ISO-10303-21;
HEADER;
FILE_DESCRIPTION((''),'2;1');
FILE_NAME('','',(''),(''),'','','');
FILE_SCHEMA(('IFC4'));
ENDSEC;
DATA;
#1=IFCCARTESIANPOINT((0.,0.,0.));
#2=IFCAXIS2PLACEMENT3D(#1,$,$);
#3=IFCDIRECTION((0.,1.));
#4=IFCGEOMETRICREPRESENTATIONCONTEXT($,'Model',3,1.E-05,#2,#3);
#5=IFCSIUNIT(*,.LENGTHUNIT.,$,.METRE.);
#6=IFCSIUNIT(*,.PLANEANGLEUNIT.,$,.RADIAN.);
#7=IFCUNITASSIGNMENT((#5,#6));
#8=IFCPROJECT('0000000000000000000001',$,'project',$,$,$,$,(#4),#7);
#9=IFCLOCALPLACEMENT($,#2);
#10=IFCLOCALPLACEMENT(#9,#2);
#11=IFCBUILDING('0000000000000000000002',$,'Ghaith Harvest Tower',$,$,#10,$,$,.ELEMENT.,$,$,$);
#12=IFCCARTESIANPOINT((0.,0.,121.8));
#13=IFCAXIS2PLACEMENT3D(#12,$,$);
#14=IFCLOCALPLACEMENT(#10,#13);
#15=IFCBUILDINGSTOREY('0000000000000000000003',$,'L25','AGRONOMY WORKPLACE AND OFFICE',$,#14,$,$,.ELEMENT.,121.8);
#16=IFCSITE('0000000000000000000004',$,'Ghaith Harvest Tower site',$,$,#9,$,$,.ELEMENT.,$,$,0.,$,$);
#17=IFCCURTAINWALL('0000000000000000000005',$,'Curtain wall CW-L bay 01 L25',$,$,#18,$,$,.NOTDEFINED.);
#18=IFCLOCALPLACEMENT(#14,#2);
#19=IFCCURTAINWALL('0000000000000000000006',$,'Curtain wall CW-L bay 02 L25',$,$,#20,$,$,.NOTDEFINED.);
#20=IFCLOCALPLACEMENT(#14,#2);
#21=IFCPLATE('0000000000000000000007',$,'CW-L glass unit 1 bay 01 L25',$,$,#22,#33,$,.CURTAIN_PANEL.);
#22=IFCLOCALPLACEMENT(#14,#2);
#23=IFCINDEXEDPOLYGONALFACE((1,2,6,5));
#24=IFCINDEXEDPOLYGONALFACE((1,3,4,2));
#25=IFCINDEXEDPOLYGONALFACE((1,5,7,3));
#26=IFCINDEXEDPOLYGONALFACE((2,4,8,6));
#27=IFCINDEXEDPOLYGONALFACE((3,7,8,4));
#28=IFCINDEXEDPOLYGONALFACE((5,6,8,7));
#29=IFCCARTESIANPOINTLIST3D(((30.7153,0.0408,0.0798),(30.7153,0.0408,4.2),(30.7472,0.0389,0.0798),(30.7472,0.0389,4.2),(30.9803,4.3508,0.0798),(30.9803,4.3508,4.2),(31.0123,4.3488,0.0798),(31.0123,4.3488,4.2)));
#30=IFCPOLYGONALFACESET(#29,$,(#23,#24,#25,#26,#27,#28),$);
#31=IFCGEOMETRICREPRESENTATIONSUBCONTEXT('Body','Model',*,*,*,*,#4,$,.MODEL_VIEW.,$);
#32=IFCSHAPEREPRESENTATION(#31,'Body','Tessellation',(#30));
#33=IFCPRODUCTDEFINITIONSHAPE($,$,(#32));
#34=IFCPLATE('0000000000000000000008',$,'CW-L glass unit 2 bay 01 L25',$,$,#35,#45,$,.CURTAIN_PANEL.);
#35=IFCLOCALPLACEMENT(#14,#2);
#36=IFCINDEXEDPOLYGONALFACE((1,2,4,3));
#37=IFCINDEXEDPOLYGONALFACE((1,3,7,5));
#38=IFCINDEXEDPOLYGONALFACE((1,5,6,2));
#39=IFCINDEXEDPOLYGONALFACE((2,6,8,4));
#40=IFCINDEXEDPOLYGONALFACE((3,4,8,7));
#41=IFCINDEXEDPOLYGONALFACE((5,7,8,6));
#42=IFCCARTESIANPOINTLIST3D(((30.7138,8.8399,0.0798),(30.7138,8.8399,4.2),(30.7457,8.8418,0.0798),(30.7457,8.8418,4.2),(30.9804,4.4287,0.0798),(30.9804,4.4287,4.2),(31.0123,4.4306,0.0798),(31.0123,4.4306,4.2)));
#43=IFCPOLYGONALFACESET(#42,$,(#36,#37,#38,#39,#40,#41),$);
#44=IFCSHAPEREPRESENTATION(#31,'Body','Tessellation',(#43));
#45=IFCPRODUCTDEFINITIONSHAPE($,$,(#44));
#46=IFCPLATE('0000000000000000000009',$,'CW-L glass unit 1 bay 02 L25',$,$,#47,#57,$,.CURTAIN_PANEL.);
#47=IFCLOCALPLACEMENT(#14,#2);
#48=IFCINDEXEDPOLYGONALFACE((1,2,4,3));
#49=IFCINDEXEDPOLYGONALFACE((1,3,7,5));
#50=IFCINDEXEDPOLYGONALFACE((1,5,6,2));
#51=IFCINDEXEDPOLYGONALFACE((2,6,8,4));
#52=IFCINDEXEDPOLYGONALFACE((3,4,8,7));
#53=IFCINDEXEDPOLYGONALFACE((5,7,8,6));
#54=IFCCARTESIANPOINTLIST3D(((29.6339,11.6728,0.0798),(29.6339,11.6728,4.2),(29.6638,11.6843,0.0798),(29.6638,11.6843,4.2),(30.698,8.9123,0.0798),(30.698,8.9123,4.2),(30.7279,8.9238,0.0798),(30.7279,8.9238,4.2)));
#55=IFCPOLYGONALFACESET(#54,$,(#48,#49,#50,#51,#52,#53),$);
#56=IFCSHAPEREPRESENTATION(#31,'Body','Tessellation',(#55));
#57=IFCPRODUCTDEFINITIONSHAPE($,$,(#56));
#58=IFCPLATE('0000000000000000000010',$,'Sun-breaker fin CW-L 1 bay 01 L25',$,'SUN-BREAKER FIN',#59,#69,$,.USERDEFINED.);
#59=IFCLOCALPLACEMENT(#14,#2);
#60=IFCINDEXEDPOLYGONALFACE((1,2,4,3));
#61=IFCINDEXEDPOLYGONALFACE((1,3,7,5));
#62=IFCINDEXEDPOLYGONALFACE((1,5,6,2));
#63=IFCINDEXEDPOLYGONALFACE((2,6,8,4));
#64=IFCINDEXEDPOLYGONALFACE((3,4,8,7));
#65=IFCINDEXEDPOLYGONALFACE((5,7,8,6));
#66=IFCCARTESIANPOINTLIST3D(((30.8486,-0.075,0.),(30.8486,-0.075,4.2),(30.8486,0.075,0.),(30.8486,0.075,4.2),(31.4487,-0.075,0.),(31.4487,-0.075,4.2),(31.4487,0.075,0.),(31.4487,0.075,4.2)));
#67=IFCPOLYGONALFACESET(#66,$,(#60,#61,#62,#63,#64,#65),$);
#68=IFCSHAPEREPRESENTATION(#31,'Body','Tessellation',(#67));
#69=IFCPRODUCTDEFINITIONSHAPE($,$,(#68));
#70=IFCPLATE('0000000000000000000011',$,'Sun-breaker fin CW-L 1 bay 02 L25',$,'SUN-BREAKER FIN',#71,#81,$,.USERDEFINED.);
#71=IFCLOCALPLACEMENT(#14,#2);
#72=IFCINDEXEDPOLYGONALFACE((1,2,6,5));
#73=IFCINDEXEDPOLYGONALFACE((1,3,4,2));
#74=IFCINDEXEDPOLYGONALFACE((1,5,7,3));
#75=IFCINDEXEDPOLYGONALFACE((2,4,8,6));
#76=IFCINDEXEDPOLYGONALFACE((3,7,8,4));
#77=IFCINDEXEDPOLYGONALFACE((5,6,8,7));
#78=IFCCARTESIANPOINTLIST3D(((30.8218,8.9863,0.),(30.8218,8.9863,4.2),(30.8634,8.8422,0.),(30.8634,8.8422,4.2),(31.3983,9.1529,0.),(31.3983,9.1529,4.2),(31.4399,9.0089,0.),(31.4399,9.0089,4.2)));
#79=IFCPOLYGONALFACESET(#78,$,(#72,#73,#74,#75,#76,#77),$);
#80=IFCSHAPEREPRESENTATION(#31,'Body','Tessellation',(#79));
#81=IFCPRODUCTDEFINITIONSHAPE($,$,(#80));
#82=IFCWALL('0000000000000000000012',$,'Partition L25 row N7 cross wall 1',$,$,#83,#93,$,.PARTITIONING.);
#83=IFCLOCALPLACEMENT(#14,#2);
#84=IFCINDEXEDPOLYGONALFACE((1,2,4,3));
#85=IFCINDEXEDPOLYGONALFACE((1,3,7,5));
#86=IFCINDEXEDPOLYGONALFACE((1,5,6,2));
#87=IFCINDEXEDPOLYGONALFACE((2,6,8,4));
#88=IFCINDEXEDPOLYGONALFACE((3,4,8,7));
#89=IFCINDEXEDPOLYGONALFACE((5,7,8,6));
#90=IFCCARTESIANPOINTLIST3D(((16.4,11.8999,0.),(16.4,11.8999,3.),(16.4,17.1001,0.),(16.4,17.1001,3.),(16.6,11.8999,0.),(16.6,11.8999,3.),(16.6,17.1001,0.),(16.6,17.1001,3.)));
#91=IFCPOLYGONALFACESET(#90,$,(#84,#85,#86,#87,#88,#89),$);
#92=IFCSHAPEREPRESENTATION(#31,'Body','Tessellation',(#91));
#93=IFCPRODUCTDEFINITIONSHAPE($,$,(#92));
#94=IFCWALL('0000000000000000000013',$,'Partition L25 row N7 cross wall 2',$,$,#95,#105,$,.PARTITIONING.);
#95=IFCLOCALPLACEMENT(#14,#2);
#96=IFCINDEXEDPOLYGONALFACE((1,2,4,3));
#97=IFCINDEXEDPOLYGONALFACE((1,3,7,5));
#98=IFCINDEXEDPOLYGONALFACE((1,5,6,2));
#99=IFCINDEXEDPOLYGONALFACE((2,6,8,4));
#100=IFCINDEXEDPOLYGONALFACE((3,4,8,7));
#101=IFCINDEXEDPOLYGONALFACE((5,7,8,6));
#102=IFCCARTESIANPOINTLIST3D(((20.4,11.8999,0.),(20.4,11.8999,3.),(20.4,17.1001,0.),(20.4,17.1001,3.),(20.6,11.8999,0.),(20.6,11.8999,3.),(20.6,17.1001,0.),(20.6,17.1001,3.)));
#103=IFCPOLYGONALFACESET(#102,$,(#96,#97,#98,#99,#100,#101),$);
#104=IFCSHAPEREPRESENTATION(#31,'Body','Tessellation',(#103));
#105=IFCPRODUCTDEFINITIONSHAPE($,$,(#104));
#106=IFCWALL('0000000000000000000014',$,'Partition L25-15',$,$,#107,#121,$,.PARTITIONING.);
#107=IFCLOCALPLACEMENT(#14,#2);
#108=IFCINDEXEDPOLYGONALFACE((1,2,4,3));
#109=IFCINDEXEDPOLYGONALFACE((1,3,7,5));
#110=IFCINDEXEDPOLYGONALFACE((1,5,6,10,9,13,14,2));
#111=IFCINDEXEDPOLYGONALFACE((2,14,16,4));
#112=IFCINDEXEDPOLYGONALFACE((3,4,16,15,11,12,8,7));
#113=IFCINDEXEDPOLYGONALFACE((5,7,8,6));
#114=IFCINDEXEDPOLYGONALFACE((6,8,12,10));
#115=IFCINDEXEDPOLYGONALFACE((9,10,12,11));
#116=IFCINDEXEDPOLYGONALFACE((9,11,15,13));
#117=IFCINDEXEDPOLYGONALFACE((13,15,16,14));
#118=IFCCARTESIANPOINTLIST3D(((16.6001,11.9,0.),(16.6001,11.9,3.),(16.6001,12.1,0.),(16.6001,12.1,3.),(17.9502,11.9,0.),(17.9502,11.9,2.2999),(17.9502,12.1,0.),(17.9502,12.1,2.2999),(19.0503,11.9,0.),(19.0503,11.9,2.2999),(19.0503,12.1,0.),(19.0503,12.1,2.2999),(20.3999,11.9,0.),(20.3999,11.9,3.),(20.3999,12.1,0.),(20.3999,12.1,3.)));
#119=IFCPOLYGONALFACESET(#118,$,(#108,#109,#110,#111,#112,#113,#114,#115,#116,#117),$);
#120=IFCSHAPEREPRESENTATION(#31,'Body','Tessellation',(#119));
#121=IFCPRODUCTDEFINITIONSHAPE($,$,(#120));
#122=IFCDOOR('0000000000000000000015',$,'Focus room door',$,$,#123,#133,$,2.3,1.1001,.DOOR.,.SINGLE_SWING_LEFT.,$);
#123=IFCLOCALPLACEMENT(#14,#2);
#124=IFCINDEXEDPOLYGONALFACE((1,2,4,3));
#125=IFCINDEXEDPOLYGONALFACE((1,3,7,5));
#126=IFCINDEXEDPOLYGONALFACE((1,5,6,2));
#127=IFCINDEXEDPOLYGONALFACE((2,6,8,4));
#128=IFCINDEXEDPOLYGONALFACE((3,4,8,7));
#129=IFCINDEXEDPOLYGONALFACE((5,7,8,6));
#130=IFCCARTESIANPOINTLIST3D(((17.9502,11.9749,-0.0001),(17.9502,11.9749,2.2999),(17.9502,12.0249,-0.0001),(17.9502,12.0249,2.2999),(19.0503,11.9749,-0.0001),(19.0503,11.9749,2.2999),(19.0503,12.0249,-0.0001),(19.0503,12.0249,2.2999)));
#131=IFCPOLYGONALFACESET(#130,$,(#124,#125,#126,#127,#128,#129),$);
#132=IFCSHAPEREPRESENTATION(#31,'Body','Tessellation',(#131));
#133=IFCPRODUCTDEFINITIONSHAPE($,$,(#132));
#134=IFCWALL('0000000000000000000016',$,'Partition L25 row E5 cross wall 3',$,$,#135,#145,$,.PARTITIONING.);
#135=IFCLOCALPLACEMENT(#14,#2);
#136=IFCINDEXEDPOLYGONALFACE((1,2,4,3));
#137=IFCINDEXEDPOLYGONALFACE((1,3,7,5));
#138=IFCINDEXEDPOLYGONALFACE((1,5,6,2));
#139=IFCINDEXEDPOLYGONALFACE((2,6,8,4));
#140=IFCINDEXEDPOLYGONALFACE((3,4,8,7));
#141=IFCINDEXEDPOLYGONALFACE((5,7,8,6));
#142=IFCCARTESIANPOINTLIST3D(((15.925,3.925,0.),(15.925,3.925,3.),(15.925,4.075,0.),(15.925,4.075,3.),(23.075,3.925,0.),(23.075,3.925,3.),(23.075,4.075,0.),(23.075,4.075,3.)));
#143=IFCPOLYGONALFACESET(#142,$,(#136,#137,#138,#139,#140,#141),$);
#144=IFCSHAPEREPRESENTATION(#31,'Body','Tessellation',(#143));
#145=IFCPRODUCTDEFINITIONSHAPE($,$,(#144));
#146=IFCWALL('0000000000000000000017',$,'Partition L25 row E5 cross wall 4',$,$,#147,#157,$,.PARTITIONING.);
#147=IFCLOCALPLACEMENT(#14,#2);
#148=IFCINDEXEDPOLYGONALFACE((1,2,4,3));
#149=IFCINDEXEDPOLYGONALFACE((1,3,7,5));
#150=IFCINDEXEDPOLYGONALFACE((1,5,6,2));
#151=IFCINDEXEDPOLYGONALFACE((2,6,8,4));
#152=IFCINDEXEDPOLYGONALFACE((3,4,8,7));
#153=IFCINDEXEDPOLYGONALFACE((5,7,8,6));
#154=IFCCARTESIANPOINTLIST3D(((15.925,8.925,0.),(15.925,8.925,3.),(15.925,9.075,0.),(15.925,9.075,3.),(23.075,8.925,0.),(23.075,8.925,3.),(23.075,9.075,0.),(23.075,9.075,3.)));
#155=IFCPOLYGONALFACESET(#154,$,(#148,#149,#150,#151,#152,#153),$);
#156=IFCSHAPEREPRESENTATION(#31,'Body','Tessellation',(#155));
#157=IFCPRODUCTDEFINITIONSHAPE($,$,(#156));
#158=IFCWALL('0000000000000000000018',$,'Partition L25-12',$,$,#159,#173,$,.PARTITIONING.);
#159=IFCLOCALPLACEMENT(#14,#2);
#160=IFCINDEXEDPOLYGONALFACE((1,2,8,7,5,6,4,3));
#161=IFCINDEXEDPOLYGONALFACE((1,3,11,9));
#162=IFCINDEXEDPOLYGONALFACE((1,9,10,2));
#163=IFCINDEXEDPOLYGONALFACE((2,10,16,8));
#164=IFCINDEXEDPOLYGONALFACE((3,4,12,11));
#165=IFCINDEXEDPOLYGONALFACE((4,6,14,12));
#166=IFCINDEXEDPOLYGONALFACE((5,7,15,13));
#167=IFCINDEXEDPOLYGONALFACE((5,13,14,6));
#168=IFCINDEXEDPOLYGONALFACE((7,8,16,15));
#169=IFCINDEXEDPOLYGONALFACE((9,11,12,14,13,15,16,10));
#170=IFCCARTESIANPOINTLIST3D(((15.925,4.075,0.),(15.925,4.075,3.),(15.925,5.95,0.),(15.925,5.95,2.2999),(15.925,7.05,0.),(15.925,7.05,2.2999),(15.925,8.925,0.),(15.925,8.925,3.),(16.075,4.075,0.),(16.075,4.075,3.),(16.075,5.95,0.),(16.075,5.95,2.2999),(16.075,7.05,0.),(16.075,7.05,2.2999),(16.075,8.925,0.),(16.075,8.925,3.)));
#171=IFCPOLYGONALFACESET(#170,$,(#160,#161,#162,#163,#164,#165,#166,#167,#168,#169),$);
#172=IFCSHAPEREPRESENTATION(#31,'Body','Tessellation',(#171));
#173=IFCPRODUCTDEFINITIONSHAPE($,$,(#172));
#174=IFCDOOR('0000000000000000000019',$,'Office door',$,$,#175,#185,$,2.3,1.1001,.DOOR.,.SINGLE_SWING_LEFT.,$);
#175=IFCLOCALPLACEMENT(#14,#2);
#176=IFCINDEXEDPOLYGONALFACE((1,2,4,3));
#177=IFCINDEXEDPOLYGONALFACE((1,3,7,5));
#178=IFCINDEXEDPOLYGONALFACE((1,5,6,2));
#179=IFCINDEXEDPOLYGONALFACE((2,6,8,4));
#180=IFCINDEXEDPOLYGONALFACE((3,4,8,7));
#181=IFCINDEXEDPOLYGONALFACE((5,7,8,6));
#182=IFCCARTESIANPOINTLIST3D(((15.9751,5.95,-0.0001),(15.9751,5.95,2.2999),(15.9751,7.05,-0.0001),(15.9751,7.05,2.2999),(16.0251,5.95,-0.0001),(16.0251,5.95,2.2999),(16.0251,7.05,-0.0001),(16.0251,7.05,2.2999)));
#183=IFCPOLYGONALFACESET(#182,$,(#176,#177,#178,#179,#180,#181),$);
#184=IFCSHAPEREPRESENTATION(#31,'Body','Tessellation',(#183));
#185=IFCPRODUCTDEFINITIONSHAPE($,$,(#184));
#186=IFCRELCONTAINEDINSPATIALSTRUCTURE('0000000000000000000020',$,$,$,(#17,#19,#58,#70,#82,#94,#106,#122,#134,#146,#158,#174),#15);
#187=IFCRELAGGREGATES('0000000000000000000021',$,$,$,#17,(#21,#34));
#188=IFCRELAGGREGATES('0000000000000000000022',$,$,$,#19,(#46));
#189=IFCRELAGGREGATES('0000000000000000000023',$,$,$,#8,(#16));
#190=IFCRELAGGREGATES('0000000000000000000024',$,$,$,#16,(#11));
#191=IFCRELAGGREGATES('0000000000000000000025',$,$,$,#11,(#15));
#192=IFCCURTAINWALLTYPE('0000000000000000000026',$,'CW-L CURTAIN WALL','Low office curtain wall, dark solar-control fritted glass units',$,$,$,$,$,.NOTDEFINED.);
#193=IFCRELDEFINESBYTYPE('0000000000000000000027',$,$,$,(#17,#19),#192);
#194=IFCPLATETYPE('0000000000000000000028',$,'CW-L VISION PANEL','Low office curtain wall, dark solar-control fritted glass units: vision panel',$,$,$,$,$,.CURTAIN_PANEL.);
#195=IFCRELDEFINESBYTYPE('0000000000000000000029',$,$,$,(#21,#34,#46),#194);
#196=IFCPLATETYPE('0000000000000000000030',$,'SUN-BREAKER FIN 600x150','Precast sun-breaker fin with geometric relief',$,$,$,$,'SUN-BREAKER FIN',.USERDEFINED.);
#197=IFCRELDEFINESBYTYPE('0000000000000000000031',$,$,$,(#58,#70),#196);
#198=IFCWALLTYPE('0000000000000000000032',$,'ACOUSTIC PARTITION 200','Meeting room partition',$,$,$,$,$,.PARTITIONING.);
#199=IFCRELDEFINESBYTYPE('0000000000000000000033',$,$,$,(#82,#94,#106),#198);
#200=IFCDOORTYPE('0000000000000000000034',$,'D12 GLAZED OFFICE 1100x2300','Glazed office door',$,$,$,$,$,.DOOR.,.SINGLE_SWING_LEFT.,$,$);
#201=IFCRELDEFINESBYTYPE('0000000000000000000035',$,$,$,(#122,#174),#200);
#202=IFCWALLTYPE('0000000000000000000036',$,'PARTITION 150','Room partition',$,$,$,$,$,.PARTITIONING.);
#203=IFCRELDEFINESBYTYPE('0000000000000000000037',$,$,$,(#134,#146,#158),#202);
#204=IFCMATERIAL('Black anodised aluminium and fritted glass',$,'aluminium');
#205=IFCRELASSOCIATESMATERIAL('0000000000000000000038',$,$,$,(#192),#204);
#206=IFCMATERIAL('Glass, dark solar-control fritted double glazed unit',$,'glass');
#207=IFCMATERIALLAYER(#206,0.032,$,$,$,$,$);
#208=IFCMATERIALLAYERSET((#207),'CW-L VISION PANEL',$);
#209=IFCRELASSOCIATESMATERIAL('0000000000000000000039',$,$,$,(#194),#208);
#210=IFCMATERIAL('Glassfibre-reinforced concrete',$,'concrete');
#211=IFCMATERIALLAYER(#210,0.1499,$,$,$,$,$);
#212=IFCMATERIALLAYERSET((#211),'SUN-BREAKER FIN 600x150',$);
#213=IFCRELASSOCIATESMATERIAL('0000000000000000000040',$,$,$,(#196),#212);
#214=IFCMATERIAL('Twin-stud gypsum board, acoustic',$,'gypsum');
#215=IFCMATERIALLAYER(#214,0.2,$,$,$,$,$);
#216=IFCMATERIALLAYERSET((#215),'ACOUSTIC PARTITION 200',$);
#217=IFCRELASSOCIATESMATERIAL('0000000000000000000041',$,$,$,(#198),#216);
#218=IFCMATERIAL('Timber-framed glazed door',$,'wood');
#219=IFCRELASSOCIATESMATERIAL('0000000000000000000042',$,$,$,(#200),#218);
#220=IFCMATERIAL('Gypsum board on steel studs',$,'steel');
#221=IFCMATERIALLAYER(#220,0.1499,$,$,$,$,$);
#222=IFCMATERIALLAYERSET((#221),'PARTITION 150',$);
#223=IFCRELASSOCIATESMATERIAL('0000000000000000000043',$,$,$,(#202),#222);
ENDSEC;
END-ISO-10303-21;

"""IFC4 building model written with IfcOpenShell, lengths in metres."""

from ifc_helpers import new_model, si_unit, direction, frame, frame_2d, origin, origin_2d, place, context, subcontext, project, spatial, rectangle, extrude, material, layer, layer_set, type_object, element, fill, aggregate, save


model = new_model("IFC4")

# Units and contexts
model_context = context("Model", 3, precision=1e-05, world=origin(), true_north=direction((0.0, 1.0)))
body_context = subcontext(model_context, "Body", "Model", "MODEL_VIEW")
ifc_project = project(units=[si_unit("LENGTHUNIT", "METRE"), si_unit("PLANEANGLEUNIT", "RADIAN")], contexts=[model_context])

# Site, building, storey
site_placement = place(None, origin())
site = spatial("IfcSite", under=ifc_project, at=site_placement, Name="Ghaith Harvest Tower site", CompositionType="ELEMENT", RefElevation=0.0)
building_placement = place(site_placement, origin())
building = spatial("IfcBuilding", under=site, at=building_placement, Name="Ghaith Harvest Tower", CompositionType="ELEMENT")
storey_placement = place(building_placement, frame((0.0, 0.0, 121.8)))
storey = spatial("IfcBuildingStorey", under=building, at=storey_placement, Name="L25", Description="AGRONOMY WORKPLACE AND OFFICE", CompositionType="ELEMENT", Elevation=121.8)

# Curtain walls
ifc_material_1 = material(Name="Black anodised aluminium and fritted glass", Category="aluminium")
curtain_wall_type = type_object("IfcCurtainWallType", Name="CW-L CURTAIN WALL", Description="Low office curtain wall, dark solar-control fritted glass units", PredefinedType="NOTDEFINED", material=ifc_material_1)
curtain_wall_1_placement = place(storey_placement, origin())
curtain_wall_1 = element("IfcCurtainWall", 1, at=curtain_wall_1_placement, inside=storey, type_object=curtain_wall_type, Name="Curtain wall CW-L bay 01 L25", PredefinedType="NOTDEFINED")
curtain_wall_2_placement = place(storey_placement, origin())
curtain_wall_2 = element("IfcCurtainWall", 2, at=curtain_wall_2_placement, inside=storey, type_object=curtain_wall_type, Name="Curtain wall CW-L bay 02 L25", PredefinedType="NOTDEFINED")

# Plates
ifc_material_2 = material(Name="Glass, dark solar-control fritted double glazed unit", Category="glass")
ifc_layer_1 = layer(ifc_material_2, 0.032)
ifc_layer_set_1 = layer_set([ifc_layer_1], Name="CW-L VISION PANEL")
plate_type_1 = type_object("IfcPlateType", Name="CW-L VISION PANEL", Description="Low office curtain wall, dark solar-control fritted glass units: vision panel", PredefinedType="CURTAIN_PANEL", material=ifc_layer_set_1)
plate_1_placement = place(storey_placement, frame((30.8638, 2.1948, 0.0798), z_axis=(0.0, 0.0, 1.0), x_axis=(0.06138, 0.998114, 0.0)))
plate_1 = element("IfcPlate", 3, at=plate_1_placement, type_object=plate_type_1, Name="CW-L glass unit 1 bay 01 L25", PredefinedType="CURTAIN_PANEL", context=body_context, shape_type="SweptSolid", body=[
    extrude(rectangle(XDim=4.3181, YDim=0.032, at=origin_2d()), origin(), (0.0, 0.0, 1.0), 4.1201),
])
plate_2_placement = place(storey_placement, frame((30.863, 6.6353, 0.0798), z_axis=(0.0, 0.0, 1.0), x_axis=(-0.060321, 0.998179, 0.0)))
plate_2 = element("IfcPlate", 4, at=plate_2_placement, type_object=plate_type_1, Name="CW-L glass unit 2 bay 01 L25", PredefinedType="CURTAIN_PANEL", context=body_context, shape_type="SweptSolid", body=[
    extrude(rectangle(XDim=4.4192, YDim=0.032, at=origin_2d()), origin(), (0.0, 0.0, 1.0), 4.1201),
])
aggregate(curtain_wall_1, [plate_1, plate_2])
plate_3_placement = place(storey_placement, frame((30.1809, 10.2983, 0.0798), z_axis=(0.0, 0.0, 1.0), x_axis=(-0.359677, 0.933077, 0.0)))
plate_3 = element("IfcPlate", 5, at=plate_3_placement, type_object=plate_type_1, Name="CW-L glass unit 1 bay 02 L25", PredefinedType="CURTAIN_PANEL", context=body_context, shape_type="SweptSolid", body=[
    extrude(rectangle(XDim=2.9585, YDim=0.032, at=origin_2d()), origin(), (0.0, 0.0, 1.0), 4.1201),
])
aggregate(curtain_wall_2, [plate_3])

# Plates
ifc_material_3 = material(Name="Glassfibre-reinforced concrete", Category="concrete")
ifc_layer_2 = layer(ifc_material_3, 0.1499)
ifc_layer_set_2 = layer_set([ifc_layer_2], Name="SUN-BREAKER FIN 600x150")
plate_type_2 = type_object("IfcPlateType", Name="SUN-BREAKER FIN 600x150", Description="Precast sun-breaker fin with geometric relief", ElementType="SUN-BREAKER FIN", PredefinedType="USERDEFINED", material=ifc_layer_set_2)
for number, where, z_axis, x_axis, name in (
    (6, (31.1487, 0.0, 0.0), (0.0, 0.0, 1.0), (1.0, 0.0, 0.0), "Sun-breaker fin CW-L 1 bay 01 L25"),
    (7, (31.1309, 8.9976, 0.0), (0.0, 0.0, 1.0), (0.96068, 0.277657, 0.0), "Sun-breaker fin CW-L 1 bay 02 L25"),
):
    element("IfcPlate", number, at=place(storey_placement, frame(where, z_axis=z_axis, x_axis=x_axis)), inside=storey, type_object=plate_type_2, Name=name, ObjectType="SUN-BREAKER FIN", PredefinedType="USERDEFINED", context=body_context, shape_type="SweptSolid", body=[
        extrude(rectangle(XDim=0.6001, YDim=0.1499, at=origin_2d()), origin(), (0.0, 0.0, 1.0), 4.2),
    ])

# Walls
ifc_material_4 = material(Name="Twin-stud gypsum board, acoustic", Category="gypsum")
ifc_layer_3 = layer(ifc_material_4, 0.2)
ifc_layer_set_3 = layer_set([ifc_layer_3], Name="ACOUSTIC PARTITION 200")
wall_type_1 = type_object("IfcWallType", Name="ACOUSTIC PARTITION 200", Description="Meeting room partition", PredefinedType="PARTITIONING", material=ifc_layer_set_3)
for number, where, z_axis, x_axis, name in (
    (8, (16.5, 11.8999, 0.0), (0.0, 0.0, 1.0), (0.0, 1.0, 0.0), "Partition L25 row N7 cross wall 1"),
    (9, (20.5, 11.8999, 0.0), (0.0, 0.0, 1.0), (0.0, 1.0, 0.0), "Partition L25 row N7 cross wall 2"),
):
    element("IfcWall", number, at=place(storey_placement, frame(where, z_axis=z_axis, x_axis=x_axis)), inside=storey, type_object=wall_type_1, Name=name, PredefinedType="PARTITIONING", context=body_context, shape_type="SweptSolid", body=[
        extrude(rectangle(XDim=5.2002, YDim=0.2, at=frame_2d((2.6001, 0.0))), origin(), (0.0, 0.0, 1.0), 3.0),
    ])

# Wall, opening, door
wall_1_placement = place(storey_placement, frame((16.6001, 12.0, 0.0), z_axis=(0.0, 0.0, 1.0), x_axis=(1.0, 0.0, 0.0)))
wall_1 = element("IfcWall", 10, at=wall_1_placement, inside=storey, type_object=wall_type_1, Name="Partition L25-15", PredefinedType="PARTITIONING", context=body_context, shape_type="SweptSolid", body=[
    extrude(rectangle(XDim=3.7998, YDim=0.2, at=frame_2d((1.8999, 0.0))), origin(), (0.0, 0.0, 1.0), 3.0),
])
opening_1_placement = place(wall_1_placement, frame((1.3501, 0.0, 0.0)))
opening_1 = element("IfcOpeningElement", 11, at=opening_1_placement, cuts=wall_1, PredefinedType="OPENING", context=body_context, shape_type="SweptSolid", body=[
    extrude(rectangle(XDim=1.1001, YDim=2.3, at=frame_2d((0.55, 1.1499))), frame((0.0, 0.1099, 0.0), z_axis=(0.0, -1.0, 0.0), x_axis=(1.0, 0.0, 0.0)), (0.0, 0.0, 1.0), 0.22),
])
ifc_material_5 = material(Name="Timber-framed glazed door", Category="wood")
door_type = type_object("IfcDoorType", Name="D12 GLAZED OFFICE 1100x2300", Description="Glazed office door", OperationType="SINGLE_SWING_LEFT", PredefinedType="DOOR", material=ifc_material_5)
door_1_placement = place(opening_1_placement, origin())
door_1 = element("IfcDoor", 12, at=door_1_placement, inside=storey, type_object=door_type, Name="Focus room door", OperationType="SINGLE_SWING_LEFT", OverallHeight=2.3, OverallWidth=1.1001, PredefinedType="DOOR", context=body_context, shape_type="SweptSolid", body=[
    extrude(rectangle(XDim=1.1001, YDim=2.3, at=frame_2d((0.55, 1.1499))), frame((0.0, 0.0249, 0.0), z_axis=(0.0, -1.0, 0.0), x_axis=(1.0, 0.0, 0.0)), (0.0, 0.0, 1.0), 0.05),
])
fill(opening_1, door_1)

# Walls
ifc_material_6 = material(Name="Gypsum board on steel studs", Category="steel")
ifc_layer_4 = layer(ifc_material_6, 0.1499)
ifc_layer_set_4 = layer_set([ifc_layer_4], Name="PARTITION 150")
wall_type_2 = type_object("IfcWallType", Name="PARTITION 150", Description="Room partition", PredefinedType="PARTITIONING", material=ifc_layer_set_4)
for number, where, z_axis, x_axis, name in (
    (13, (15.925, 4.0, 0.0), (0.0, 0.0, 1.0), (1.0, 0.0, 0.0), "Partition L25 row E5 cross wall 3"),
    (14, (15.925, 9.0, 0.0), (0.0, 0.0, 1.0), (1.0, 0.0, 0.0), "Partition L25 row E5 cross wall 4"),
):
    element("IfcWall", number, at=place(storey_placement, frame(where, z_axis=z_axis, x_axis=x_axis)), inside=storey, type_object=wall_type_2, Name=name, PredefinedType="PARTITIONING", context=body_context, shape_type="SweptSolid", body=[
        extrude(rectangle(XDim=7.1499, YDim=0.1499, at=frame_2d((3.575, 0.0))), origin(), (0.0, 0.0, 1.0), 3.0),
    ])

# Wall, opening, door
wall_2_placement = place(storey_placement, frame((16.0, 4.075, 0.0), z_axis=(0.0, 0.0, 1.0), x_axis=(0.0, 1.0, 0.0)))
wall_2 = element("IfcWall", 15, at=wall_2_placement, inside=storey, type_object=wall_type_2, Name="Partition L25-12", PredefinedType="PARTITIONING", context=body_context, shape_type="SweptSolid", body=[
    extrude(rectangle(XDim=4.8501, YDim=0.1499, at=frame_2d((2.425, 0.0))), origin(), (0.0, 0.0, 1.0), 3.0),
])
opening_2_placement = place(wall_2_placement, frame((1.875, 0.0, 0.0)))
opening_2 = element("IfcOpeningElement", 16, at=opening_2_placement, cuts=wall_2, PredefinedType="OPENING", context=body_context, shape_type="SweptSolid", body=[
    extrude(rectangle(XDim=1.1001, YDim=2.3, at=frame_2d((0.55, 1.1499))), frame((0.0, 0.085, 0.0), z_axis=(0.0, -1.0, 0.0), x_axis=(1.0, 0.0, 0.0)), (0.0, 0.0, 1.0), 0.1699),
])
door_2_placement = place(opening_2_placement, origin())
door_2 = element("IfcDoor", 17, at=door_2_placement, inside=storey, type_object=door_type, Name="Office door", OperationType="SINGLE_SWING_LEFT", OverallHeight=2.3, OverallWidth=1.1001, PredefinedType="DOOR", context=body_context, shape_type="SweptSolid", body=[
    extrude(rectangle(XDim=1.1001, YDim=2.3, at=frame_2d((0.55, 1.1499))), frame((0.0, 0.0249, 0.0), z_axis=(0.0, -1.0, 0.0), x_axis=(1.0, 0.0, 0.0)), (0.0, 0.0, 1.0), 0.05),
])
fill(opening_2, door_2)

save(model, "model.ifc")
